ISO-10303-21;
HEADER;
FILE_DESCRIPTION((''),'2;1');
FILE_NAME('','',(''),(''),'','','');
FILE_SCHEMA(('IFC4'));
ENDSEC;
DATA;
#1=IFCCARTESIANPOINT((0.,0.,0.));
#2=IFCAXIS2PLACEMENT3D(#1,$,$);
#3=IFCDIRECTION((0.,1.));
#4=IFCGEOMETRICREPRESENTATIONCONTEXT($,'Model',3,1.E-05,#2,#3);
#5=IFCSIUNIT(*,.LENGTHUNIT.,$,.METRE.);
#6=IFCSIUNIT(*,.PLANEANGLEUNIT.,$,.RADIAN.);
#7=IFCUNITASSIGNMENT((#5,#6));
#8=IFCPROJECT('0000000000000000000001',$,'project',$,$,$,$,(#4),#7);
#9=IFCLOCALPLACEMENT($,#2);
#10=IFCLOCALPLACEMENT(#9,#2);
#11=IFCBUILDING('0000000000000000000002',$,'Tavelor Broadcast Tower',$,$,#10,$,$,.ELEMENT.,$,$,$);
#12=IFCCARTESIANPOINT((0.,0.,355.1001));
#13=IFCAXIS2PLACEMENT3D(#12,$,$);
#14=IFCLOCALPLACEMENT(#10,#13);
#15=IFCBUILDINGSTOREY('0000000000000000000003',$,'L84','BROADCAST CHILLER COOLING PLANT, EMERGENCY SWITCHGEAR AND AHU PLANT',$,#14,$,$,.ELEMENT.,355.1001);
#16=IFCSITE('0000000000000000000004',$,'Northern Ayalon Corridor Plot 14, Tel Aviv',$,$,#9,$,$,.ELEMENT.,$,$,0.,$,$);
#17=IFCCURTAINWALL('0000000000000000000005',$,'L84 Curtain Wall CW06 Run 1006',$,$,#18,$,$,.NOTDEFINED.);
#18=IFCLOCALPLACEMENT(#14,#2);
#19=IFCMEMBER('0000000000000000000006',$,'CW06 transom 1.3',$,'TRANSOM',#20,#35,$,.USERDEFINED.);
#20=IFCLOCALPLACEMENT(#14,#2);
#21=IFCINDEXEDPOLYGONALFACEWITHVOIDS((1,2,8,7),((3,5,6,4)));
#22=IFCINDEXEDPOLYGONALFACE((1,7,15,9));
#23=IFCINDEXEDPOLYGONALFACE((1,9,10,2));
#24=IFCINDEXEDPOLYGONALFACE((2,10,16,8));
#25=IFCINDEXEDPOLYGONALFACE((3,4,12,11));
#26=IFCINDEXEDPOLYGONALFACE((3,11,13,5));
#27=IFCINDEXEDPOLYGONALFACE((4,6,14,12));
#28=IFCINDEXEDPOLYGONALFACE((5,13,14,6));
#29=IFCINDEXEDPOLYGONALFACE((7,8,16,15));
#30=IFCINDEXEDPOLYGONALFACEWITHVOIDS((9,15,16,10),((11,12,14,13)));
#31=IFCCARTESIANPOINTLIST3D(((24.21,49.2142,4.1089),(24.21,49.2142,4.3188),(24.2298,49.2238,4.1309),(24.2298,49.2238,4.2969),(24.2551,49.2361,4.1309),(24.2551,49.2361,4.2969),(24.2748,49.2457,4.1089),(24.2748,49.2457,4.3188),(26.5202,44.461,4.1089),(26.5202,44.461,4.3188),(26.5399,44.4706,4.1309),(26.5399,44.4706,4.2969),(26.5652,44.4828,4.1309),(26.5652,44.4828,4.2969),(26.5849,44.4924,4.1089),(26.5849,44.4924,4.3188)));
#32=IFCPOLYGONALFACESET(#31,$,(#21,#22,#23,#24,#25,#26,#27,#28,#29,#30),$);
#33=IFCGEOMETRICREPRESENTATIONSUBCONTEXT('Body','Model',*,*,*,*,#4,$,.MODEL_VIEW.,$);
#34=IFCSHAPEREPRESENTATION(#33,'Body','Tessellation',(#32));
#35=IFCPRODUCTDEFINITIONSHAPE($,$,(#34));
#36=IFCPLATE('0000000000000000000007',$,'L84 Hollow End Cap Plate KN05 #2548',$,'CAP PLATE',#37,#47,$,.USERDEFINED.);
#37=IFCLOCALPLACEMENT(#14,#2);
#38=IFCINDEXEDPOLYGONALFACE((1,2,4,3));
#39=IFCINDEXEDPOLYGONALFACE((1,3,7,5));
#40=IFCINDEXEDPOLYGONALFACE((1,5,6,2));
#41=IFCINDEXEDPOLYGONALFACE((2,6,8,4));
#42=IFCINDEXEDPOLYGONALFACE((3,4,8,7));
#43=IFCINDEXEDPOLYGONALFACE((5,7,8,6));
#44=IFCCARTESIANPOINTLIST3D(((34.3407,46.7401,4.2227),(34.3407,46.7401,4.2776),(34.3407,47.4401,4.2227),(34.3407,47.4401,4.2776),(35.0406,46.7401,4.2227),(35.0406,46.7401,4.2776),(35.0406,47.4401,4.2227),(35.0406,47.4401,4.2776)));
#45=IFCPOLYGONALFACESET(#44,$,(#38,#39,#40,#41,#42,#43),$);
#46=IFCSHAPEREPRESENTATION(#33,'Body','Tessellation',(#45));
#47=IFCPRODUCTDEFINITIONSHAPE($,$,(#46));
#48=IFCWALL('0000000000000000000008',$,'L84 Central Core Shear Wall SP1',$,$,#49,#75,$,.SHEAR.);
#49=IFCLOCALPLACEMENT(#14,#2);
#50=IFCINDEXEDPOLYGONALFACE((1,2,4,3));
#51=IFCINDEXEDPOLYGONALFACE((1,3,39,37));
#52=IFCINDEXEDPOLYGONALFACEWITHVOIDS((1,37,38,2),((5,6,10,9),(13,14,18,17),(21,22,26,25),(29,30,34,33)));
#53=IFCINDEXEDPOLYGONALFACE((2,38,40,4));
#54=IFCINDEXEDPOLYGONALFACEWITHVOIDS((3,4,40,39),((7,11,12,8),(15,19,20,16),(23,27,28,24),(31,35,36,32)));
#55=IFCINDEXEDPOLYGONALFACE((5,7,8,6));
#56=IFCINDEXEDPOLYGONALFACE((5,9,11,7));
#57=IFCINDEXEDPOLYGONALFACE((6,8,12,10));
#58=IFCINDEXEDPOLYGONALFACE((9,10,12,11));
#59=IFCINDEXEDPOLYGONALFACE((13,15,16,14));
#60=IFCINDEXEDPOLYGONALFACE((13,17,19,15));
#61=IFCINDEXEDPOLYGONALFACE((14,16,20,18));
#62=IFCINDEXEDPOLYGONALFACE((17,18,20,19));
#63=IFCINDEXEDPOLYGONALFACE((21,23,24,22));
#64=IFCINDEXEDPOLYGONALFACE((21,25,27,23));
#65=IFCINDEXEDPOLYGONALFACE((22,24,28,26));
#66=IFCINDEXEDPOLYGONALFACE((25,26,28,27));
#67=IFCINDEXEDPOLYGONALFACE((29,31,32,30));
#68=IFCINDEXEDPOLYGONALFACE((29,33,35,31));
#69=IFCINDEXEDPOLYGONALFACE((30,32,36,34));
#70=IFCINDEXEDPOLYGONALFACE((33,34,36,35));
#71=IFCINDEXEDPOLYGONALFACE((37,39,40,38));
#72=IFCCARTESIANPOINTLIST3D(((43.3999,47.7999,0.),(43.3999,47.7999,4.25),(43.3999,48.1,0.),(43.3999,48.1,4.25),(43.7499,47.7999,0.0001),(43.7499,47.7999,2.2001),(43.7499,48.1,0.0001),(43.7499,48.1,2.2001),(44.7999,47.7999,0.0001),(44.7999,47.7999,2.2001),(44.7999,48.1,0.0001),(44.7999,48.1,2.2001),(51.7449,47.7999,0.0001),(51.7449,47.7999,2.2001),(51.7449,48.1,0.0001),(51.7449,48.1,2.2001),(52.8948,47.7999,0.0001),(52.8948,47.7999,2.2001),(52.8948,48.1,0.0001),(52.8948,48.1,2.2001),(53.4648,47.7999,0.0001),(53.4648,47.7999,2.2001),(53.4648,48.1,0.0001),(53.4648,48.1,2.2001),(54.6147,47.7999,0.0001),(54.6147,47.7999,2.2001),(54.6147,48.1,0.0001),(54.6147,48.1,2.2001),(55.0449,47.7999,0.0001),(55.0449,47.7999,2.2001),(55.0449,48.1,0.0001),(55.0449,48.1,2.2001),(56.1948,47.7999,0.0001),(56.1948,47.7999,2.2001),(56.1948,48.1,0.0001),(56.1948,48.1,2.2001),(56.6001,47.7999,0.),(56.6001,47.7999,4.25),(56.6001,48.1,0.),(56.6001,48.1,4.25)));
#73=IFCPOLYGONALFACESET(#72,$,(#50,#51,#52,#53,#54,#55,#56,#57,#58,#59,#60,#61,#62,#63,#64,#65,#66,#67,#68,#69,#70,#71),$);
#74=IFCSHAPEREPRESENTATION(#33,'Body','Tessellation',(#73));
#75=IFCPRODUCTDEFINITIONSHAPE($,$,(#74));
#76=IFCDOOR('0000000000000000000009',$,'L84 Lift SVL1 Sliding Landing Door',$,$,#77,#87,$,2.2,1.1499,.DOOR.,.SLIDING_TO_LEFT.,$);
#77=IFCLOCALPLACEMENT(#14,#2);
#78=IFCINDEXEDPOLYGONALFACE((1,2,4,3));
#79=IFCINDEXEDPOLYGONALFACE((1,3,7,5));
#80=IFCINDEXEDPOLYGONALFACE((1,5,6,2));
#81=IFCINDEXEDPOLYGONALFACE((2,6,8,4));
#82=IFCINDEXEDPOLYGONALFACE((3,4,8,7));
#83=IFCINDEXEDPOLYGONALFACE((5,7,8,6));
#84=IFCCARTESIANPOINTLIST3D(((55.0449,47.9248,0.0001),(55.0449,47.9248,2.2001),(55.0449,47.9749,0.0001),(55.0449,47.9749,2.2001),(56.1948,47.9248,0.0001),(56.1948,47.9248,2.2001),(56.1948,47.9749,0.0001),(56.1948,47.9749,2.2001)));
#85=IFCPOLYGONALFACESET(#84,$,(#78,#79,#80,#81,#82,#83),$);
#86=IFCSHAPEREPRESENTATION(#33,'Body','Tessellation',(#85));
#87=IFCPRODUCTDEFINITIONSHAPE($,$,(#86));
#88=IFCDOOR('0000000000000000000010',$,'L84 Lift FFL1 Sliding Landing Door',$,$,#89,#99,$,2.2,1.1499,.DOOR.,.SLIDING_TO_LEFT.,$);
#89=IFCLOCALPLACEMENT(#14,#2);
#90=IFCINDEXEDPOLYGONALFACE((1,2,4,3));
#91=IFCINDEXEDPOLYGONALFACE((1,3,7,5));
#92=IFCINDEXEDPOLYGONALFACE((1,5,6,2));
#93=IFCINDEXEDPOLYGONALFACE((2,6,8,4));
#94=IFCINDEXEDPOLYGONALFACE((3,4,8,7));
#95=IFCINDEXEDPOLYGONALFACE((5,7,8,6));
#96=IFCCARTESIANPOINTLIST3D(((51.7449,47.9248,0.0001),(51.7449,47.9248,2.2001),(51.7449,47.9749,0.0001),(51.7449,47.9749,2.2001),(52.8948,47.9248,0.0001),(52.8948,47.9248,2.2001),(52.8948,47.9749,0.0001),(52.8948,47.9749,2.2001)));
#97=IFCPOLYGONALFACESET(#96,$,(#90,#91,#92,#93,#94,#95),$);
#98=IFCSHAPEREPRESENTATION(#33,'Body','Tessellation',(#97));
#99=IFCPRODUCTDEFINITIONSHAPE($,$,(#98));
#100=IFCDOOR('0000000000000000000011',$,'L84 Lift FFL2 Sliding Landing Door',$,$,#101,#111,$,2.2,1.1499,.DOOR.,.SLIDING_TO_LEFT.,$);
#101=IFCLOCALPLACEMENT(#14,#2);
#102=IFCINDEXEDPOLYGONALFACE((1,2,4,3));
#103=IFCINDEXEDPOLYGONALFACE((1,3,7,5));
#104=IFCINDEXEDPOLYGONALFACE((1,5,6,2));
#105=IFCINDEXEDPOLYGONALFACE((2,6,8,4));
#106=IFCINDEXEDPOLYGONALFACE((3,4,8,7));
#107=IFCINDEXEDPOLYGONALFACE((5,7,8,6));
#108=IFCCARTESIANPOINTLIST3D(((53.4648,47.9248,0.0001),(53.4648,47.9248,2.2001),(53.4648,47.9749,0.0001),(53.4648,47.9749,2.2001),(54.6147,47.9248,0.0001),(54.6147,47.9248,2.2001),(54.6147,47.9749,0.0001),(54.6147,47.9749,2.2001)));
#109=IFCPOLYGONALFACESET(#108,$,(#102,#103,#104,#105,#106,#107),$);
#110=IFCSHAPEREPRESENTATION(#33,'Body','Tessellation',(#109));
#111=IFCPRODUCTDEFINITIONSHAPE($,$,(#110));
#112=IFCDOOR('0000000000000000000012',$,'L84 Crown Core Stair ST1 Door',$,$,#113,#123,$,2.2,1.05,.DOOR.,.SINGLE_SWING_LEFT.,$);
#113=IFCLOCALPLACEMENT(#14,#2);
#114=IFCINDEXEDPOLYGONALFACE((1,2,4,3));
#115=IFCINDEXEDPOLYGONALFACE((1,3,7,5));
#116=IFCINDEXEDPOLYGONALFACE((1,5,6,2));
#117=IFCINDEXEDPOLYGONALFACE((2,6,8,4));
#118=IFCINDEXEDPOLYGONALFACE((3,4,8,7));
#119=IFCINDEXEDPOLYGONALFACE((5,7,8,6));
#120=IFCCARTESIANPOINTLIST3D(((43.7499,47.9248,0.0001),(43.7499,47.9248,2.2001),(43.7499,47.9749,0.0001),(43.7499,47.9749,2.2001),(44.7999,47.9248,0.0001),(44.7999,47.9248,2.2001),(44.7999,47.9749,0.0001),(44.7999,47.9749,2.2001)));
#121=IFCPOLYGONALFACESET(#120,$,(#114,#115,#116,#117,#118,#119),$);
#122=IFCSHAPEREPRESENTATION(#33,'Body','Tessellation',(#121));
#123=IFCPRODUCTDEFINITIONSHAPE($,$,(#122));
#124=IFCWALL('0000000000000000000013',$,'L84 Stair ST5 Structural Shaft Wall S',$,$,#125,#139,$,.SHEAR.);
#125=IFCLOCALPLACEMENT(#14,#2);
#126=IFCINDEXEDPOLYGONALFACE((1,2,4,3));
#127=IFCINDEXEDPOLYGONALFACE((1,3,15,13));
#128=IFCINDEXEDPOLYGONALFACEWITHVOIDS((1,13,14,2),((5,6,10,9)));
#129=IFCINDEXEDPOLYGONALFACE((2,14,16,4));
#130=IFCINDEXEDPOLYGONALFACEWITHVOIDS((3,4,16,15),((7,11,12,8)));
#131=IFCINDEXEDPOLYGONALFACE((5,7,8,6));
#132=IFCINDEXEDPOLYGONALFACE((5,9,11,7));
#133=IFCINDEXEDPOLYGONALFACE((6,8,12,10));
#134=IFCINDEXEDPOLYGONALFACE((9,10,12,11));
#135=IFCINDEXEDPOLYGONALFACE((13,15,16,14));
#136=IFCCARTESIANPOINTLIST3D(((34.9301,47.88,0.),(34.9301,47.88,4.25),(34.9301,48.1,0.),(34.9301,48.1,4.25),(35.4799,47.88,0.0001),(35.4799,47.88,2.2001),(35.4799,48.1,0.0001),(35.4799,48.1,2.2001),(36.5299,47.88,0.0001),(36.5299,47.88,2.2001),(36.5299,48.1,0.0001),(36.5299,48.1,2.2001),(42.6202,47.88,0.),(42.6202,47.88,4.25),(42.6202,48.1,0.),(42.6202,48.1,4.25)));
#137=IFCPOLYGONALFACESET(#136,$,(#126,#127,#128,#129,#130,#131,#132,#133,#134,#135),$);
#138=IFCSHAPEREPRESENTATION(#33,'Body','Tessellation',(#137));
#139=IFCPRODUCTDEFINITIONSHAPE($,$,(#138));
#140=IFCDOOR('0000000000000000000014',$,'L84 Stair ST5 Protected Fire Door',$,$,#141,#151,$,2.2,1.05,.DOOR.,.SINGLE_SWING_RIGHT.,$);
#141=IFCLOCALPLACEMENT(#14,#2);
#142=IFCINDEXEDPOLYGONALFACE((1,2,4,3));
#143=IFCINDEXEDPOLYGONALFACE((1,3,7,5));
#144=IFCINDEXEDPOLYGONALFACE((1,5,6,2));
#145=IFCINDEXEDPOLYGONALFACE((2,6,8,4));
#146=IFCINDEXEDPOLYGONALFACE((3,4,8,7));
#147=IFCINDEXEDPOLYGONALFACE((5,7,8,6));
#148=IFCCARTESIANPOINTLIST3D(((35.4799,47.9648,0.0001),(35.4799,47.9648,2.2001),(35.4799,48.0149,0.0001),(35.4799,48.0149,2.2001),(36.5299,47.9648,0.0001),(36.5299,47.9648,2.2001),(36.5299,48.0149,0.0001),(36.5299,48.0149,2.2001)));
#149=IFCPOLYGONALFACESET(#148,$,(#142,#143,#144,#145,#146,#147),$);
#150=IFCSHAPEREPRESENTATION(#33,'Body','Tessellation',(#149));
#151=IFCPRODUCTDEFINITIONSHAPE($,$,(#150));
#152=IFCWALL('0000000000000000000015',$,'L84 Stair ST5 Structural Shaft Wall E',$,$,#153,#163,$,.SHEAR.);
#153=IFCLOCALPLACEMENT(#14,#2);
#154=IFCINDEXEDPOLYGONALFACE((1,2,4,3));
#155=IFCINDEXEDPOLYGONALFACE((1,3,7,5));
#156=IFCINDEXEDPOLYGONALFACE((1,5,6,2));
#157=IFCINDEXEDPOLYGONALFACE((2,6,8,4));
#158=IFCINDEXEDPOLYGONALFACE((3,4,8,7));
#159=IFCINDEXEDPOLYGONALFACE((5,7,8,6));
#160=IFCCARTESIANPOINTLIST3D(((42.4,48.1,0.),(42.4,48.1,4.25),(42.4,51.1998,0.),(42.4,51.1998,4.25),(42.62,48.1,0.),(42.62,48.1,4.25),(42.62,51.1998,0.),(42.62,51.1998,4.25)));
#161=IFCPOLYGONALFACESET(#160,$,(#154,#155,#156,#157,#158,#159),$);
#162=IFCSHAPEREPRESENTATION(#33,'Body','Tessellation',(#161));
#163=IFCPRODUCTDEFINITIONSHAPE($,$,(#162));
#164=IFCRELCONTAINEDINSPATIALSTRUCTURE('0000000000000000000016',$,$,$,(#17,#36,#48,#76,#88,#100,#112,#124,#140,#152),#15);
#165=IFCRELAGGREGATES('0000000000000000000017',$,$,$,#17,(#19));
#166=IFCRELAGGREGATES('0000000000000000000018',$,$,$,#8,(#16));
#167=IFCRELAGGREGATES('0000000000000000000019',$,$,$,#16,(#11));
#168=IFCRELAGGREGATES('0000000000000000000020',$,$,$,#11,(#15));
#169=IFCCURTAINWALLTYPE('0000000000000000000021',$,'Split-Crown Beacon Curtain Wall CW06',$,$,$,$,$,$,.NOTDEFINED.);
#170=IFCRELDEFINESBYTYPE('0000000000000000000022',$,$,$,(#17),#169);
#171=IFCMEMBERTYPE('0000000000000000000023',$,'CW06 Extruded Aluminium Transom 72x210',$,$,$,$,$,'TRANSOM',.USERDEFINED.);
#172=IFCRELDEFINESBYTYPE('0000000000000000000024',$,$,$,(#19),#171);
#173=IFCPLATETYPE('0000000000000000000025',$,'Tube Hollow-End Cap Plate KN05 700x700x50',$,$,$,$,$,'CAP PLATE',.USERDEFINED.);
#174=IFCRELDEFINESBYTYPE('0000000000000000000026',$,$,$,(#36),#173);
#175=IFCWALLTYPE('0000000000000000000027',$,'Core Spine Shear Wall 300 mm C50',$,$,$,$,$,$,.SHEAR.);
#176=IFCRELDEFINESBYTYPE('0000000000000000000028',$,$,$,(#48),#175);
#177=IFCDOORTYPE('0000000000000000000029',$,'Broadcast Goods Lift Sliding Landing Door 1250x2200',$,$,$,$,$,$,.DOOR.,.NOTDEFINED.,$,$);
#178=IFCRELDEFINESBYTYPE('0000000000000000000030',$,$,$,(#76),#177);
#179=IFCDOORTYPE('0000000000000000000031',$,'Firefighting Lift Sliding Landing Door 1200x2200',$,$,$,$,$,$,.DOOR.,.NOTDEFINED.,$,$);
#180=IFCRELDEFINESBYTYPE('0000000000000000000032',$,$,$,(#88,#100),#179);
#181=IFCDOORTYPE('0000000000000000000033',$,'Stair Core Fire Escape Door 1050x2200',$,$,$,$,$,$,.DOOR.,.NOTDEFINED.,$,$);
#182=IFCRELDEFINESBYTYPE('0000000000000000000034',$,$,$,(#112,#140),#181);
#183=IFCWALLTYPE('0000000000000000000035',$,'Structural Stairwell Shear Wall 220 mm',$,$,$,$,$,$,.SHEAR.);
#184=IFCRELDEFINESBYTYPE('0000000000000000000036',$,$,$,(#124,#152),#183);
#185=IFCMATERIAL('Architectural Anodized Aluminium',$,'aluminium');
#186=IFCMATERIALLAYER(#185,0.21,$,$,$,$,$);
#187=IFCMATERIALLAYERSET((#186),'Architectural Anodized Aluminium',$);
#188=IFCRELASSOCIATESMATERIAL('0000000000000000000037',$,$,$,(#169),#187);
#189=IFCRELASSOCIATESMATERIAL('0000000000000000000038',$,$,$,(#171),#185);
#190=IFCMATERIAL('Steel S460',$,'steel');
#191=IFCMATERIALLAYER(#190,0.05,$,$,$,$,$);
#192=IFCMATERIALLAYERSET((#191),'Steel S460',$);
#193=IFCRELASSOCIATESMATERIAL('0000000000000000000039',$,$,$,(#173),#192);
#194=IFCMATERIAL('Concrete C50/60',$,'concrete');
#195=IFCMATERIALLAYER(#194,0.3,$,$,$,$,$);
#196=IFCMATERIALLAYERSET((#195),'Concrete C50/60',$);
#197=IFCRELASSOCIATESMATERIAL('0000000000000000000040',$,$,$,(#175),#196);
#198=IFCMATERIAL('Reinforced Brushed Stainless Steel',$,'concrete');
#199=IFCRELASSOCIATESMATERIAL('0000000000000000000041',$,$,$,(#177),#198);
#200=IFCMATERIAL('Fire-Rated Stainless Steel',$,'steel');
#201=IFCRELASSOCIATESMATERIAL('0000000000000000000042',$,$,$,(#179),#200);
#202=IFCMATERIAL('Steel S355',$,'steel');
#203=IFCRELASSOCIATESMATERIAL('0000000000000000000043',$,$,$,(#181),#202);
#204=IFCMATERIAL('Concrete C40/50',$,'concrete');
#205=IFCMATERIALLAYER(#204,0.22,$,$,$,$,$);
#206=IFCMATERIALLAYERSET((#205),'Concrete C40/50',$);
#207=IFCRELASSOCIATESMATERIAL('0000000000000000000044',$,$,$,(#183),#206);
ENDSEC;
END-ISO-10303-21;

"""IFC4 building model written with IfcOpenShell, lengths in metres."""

from ifc_helpers import new_model, si_unit, direction, frame, frame_2d, origin, origin_2d, place, context, subcontext, project, spatial, rectangle, hollow_rectangle, extrude, source, transform, mapped, material, layer, layer_set, material_profile, profile_set, type_object, type_shapes, element, fill, aggregate, save


model = new_model("IFC4")

# Units and contexts
model_context = context("Model", 3, precision=1e-05, world=origin(), true_north=direction((0.0, 1.0)))
body_context = subcontext(model_context, "Body", "Model", "MODEL_VIEW")
ifc_project = project(units=[si_unit("LENGTHUNIT", "METRE"), si_unit("PLANEANGLEUNIT", "RADIAN")], contexts=[model_context])

# Site, building, storey
site_placement = place(None, origin())
site = spatial("IfcSite", under=ifc_project, at=site_placement, Name="Northern Ayalon Corridor Plot 14, Tel Aviv", CompositionType="ELEMENT", RefElevation=0.0)
building_placement = place(site_placement, origin())
building = spatial("IfcBuilding", under=site, at=building_placement, Name="Tavelor Broadcast Tower", CompositionType="ELEMENT")
storey_placement = place(building_placement, frame((0.0, 0.0, 355.1001)))
storey = spatial("IfcBuildingStorey", under=building, at=storey_placement, Name="L84", Description="BROADCAST CHILLER COOLING PLANT, EMERGENCY SWITCHGEAR AND AHU PLANT", CompositionType="ELEMENT", Elevation=355.1001)

# Shared definitions
ifc_material_1 = material(Name="Concrete C50/60", Category="concrete")

# Shared definitions
ifc_material_2 = material(Name="Steel S355", Category="steel")

# Curtain wall, member
ifc_material_3 = material(Name="Architectural Anodized Aluminium", Category="aluminium")
ifc_layer_1 = layer(ifc_material_3, 0.21)
ifc_layer_set_1 = layer_set([ifc_layer_1], Name="Architectural Anodized Aluminium")
curtain_wall_type = type_object("IfcCurtainWallType", Name="Split-Crown Beacon Curtain Wall CW06", PredefinedType="NOTDEFINED", material=ifc_layer_set_1)
curtain_wall_placement = place(storey_placement, origin())
curtain_wall = element("IfcCurtainWall", 1, at=curtain_wall_placement, inside=storey, type_object=curtain_wall_type, Name="L84 Curtain Wall CW06 Run 1006", PredefinedType="NOTDEFINED")
ifc_material_profile_1 = material_profile(ifc_material_3, hollow_rectangle(XDim=0.072, YDim=0.21, WallThickness=0.022, at=origin_2d()), Name="RHS 72x210x22")
ifc_profile_set_1 = profile_set([ifc_material_profile_1], Name="Architectural Anodized Aluminium")
member_type_1 = type_object("IfcMemberType", Name="CW06 Extruded Aluminium Transom 72x210", ElementType="TRANSOM", PredefinedType="USERDEFINED", material=ifc_profile_set_1)
shared_shape_1 = source(origin(), body_context, "Body", "SweptSolid", [
    extrude(hollow_rectangle(XDim=0.072, YDim=0.21, WallThickness=0.022, at=origin_2d()), origin(), (0.0, 0.0, 1.0), 5.2849),
])
type_shapes(member_type_1, [shared_shape_1])
member_1_placement = place(storey_placement, frame((24.2424, 49.23, 4.2139), z_axis=(0.437114, -0.899406, 0.0), x_axis=(0.899406, 0.437114, 0.0)))
member_1 = element("IfcMember", 2, at=member_1_placement, type_object=member_type_1, Name="CW06 transom 1.3", ObjectType="TRANSOM", PredefinedType="USERDEFINED", context=body_context, shape_type="MappedRepresentation", body=[
    mapped(shared_shape_1, transform((0.0, 0.0, 0.0), scale=1.0)),
])
aggregate(curtain_wall, [member_1])

# Plate
ifc_material_4 = material(Name="Steel S460", Category="steel")
ifc_layer_2 = layer(ifc_material_4, 0.05)
ifc_layer_set_2 = layer_set([ifc_layer_2], Name="Steel S460")
plate_type = type_object("IfcPlateType", Name="Tube Hollow-End Cap Plate KN05 700x700x50", ElementType="CAP PLATE", PredefinedType="USERDEFINED", material=ifc_layer_set_2)
shared_shape_2 = source(origin(), body_context, "Body", "SweptSolid", [
    extrude(rectangle(XDim=0.7, YDim=0.7, at=origin_2d()), origin(), (0.0, 0.0, 1.0), 0.0549),
])
type_shapes(plate_type, [shared_shape_2])
plate_placement = place(storey_placement, frame((34.6907, 47.0901, 4.2227), z_axis=(0.0, 0.0, 1.0), x_axis=(1.0, 0.0, 0.0)))
element("IfcPlate", 3, at=plate_placement, inside=storey, type_object=plate_type, Name="L84 Hollow End Cap Plate KN05 #2548", ObjectType="CAP PLATE", PredefinedType="USERDEFINED", context=body_context, shape_type="MappedRepresentation", body=[
    mapped(shared_shape_2, transform((0.0, 0.0, 0.0), scale=1.0)),
])

# Wall, openings, doors
ifc_layer_3 = layer(ifc_material_1, 0.3)
ifc_layer_set_3 = layer_set([ifc_layer_3], Name="Concrete C50/60")
wall_type_1 = type_object("IfcWallType", Name="Core Spine Shear Wall 300 mm C50", PredefinedType="SHEAR", material=ifc_layer_set_3)
wall_1_placement = place(storey_placement, frame((43.3999, 47.95, 0.0), z_axis=(0.0, 0.0, 1.0), x_axis=(1.0, 0.0, 0.0)))
wall_1 = element("IfcWall", 4, at=wall_1_placement, inside=storey, type_object=wall_type_1, Name="L84 Central Core Shear Wall SP1", PredefinedType="SHEAR", context=body_context, shape_type="SweptSolid", body=[
    extrude(rectangle(XDim=13.2002, YDim=0.3, at=frame_2d((6.6001, 0.0))), origin(), (0.0, 0.0, 1.0), 4.25),
])
opening_1_placement = place(wall_1_placement, frame((0.3501, 0.0, 0.0)))
opening_1 = element("IfcOpeningElement", 5, at=opening_1_placement, cuts=wall_1, PredefinedType="OPENING", context=body_context, shape_type="SweptSolid", body=[
    extrude(rectangle(XDim=1.05, YDim=2.2, at=frame_2d((0.5249, 1.1001))), frame((0.0, 0.1602, 0.0), z_axis=(0.0, -1.0, 0.0), x_axis=(1.0, 0.0, 0.0)), (0.0, 0.0, 1.0), 0.3201),
])
opening_2_placement = place(wall_1_placement, frame((8.345, 0.0, 0.0)))
opening_2 = element("IfcOpeningElement", 6, at=opening_2_placement, cuts=wall_1, PredefinedType="OPENING", context=body_context, shape_type="SweptSolid", body=[
    extrude(rectangle(XDim=1.1499, YDim=2.2, at=frame_2d((0.575, 1.1001))), frame((0.0, 0.1602, 0.0), z_axis=(0.0, -1.0, 0.0), x_axis=(1.0, 0.0, 0.0)), (0.0, 0.0, 1.0), 0.3201),
])
opening_3_placement = place(wall_1_placement, frame((10.0649, 0.0, 0.0)))
opening_3 = element("IfcOpeningElement", 7, at=opening_3_placement, cuts=wall_1, PredefinedType="OPENING", context=body_context, shape_type="SweptSolid", body=[
    extrude(rectangle(XDim=1.1499, YDim=2.2, at=frame_2d((0.575, 1.1001))), frame((0.0, 0.1602, 0.0), z_axis=(0.0, -1.0, 0.0), x_axis=(1.0, 0.0, 0.0)), (0.0, 0.0, 1.0), 0.3201),
])
opening_4_placement = place(wall_1_placement, frame((11.645, 0.0, 0.0)))
opening_4 = element("IfcOpeningElement", 8, at=opening_4_placement, cuts=wall_1, PredefinedType="OPENING", context=body_context, shape_type="SweptSolid", body=[
    extrude(rectangle(XDim=1.1499, YDim=2.2, at=frame_2d((0.575, 1.1001))), frame((0.0, 0.1602, 0.0), z_axis=(0.0, -1.0, 0.0), x_axis=(1.0, 0.0, 0.0)), (0.0, 0.0, 1.0), 0.3201),
])
ifc_material_5 = material(Name="Reinforced Brushed Stainless Steel", Category="concrete")
door_type_1 = type_object("IfcDoorType", Name="Broadcast Goods Lift Sliding Landing Door 1250x2200", OperationType="NOTDEFINED", PredefinedType="DOOR", material=ifc_material_5)
door_1_placement = place(opening_4_placement, origin())
door_1 = element("IfcDoor", 9, at=door_1_placement, inside=storey, type_object=door_type_1, Name="L84 Lift SVL1 Sliding Landing Door", OperationType="SLIDING_TO_LEFT", OverallHeight=2.2, OverallWidth=1.1499, PredefinedType="DOOR", context=body_context, shape_type="SweptSolid", body=[
    extrude(rectangle(XDim=1.1499, YDim=2.2, at=frame_2d((0.575, 1.1001))), frame((0.0, 0.0249, 0.0), z_axis=(0.0, -1.0, 0.0), x_axis=(1.0, 0.0, 0.0)), (0.0, 0.0, 1.0), 0.05),
])
fill(opening_4, door_1)
ifc_material_6 = material(Name="Fire-Rated Stainless Steel", Category="steel")
door_type_2 = type_object("IfcDoorType", Name="Firefighting Lift Sliding Landing Door 1200x2200", OperationType="NOTDEFINED", PredefinedType="DOOR", material=ifc_material_6)
door_2_placement = place(opening_2_placement, origin())
door_2 = element("IfcDoor", 10, at=door_2_placement, inside=storey, type_object=door_type_2, Name="L84 Lift FFL1 Sliding Landing Door", OperationType="SLIDING_TO_LEFT", OverallHeight=2.2, OverallWidth=1.1499, PredefinedType="DOOR", context=body_context, shape_type="SweptSolid", body=[
    extrude(rectangle(XDim=1.1499, YDim=2.2, at=frame_2d((0.575, 1.1001))), frame((0.0, 0.0249, 0.0), z_axis=(0.0, -1.0, 0.0), x_axis=(1.0, 0.0, 0.0)), (0.0, 0.0, 1.0), 0.05),
])
fill(opening_2, door_2)
door_3_placement = place(opening_3_placement, origin())
door_3 = element("IfcDoor", 11, at=door_3_placement, inside=storey, type_object=door_type_2, Name="L84 Lift FFL2 Sliding Landing Door", OperationType="SLIDING_TO_LEFT", OverallHeight=2.2, OverallWidth=1.1499, PredefinedType="DOOR", context=body_context, shape_type="SweptSolid", body=[
    extrude(rectangle(XDim=1.1499, YDim=2.2, at=frame_2d((0.575, 1.1001))), frame((0.0, 0.0249, 0.0), z_axis=(0.0, -1.0, 0.0), x_axis=(1.0, 0.0, 0.0)), (0.0, 0.0, 1.0), 0.05),
])
fill(opening_3, door_3)
door_type_3 = type_object("IfcDoorType", Name="Stair Core Fire Escape Door 1050x2200", OperationType="NOTDEFINED", PredefinedType="DOOR", material=ifc_material_2)
door_4_placement = place(opening_1_placement, origin())
door_4 = element("IfcDoor", 12, at=door_4_placement, inside=storey, type_object=door_type_3, Name="L84 Crown Core Stair ST1 Door", OperationType="SINGLE_SWING_LEFT", OverallHeight=2.2, OverallWidth=1.05, PredefinedType="DOOR", context=body_context, shape_type="SweptSolid", body=[
    extrude(rectangle(XDim=1.05, YDim=2.2, at=frame_2d((0.5249, 1.1001))), frame((0.0, 0.0249, 0.0), z_axis=(0.0, -1.0, 0.0), x_axis=(1.0, 0.0, 0.0)), (0.0, 0.0, 1.0), 0.05),
])
fill(opening_1, door_4)

# Wall, opening, door
ifc_material_7 = material(Name="Concrete C40/50", Category="concrete")
ifc_layer_4 = layer(ifc_material_7, 0.22)
ifc_layer_set_4 = layer_set([ifc_layer_4], Name="Concrete C40/50")
wall_type_2 = type_object("IfcWallType", Name="Structural Stairwell Shear Wall 220 mm", PredefinedType="SHEAR", material=ifc_layer_set_4)
wall_2_placement = place(storey_placement, frame((34.9299, 47.99, 0.0), z_axis=(0.0, 0.0, 1.0), x_axis=(1.0, 0.0, 0.0)))
wall_2 = element("IfcWall", 13, at=wall_2_placement, inside=storey, type_object=wall_type_2, Name="L84 Stair ST5 Structural Shaft Wall S", PredefinedType="SHEAR", context=body_context, shape_type="SweptSolid", body=[
    extrude(rectangle(XDim=7.6902, YDim=0.22, at=frame_2d((3.8452, 0.0))), origin(), (0.0, 0.0, 1.0), 4.25),
])
opening_5_placement = place(wall_2_placement, frame((0.55, 0.0, 0.0)))
opening_5 = element("IfcOpeningElement", 14, at=opening_5_placement, cuts=wall_2, PredefinedType="OPENING", context=body_context, shape_type="SweptSolid", body=[
    extrude(rectangle(XDim=1.05, YDim=2.2, at=frame_2d((0.5249, 1.1001))), frame((0.0, 0.1201, 0.0), z_axis=(0.0, -1.0, 0.0), x_axis=(1.0, 0.0, 0.0)), (0.0, 0.0, 1.0), 0.24),
])
door_5_placement = place(opening_5_placement, origin())
door_5 = element("IfcDoor", 15, at=door_5_placement, inside=storey, type_object=door_type_3, Name="L84 Stair ST5 Protected Fire Door", OperationType="SINGLE_SWING_RIGHT", OverallHeight=2.2, OverallWidth=1.05, PredefinedType="DOOR", context=body_context, shape_type="SweptSolid", body=[
    extrude(rectangle(XDim=1.05, YDim=2.2, at=frame_2d((0.5249, 1.1001))), frame((0.0, 0.0249, 0.0), z_axis=(0.0, -1.0, 0.0), x_axis=(1.0, 0.0, 0.0)), (0.0, 0.0, 1.0), 0.05),
])
fill(opening_5, door_5)

# Wall
for number, where, z_axis, x_axis, name in (
    (16, (42.51, 48.1001, 0.0), (0.0, 0.0, 1.0), (0.0, 1.0, 0.0), "L84 Stair ST5 Structural Shaft Wall E"),
):
    element("IfcWall", number, at=place(storey_placement, frame(where, z_axis=z_axis, x_axis=x_axis)), inside=storey, type_object=wall_type_2, Name=name, PredefinedType="SHEAR", context=body_context, shape_type="SweptSolid", body=[
        extrude(rectangle(XDim=3.0999, YDim=0.22, at=frame_2d((1.5498, 0.0))), origin(), (0.0, 0.0, 1.0), 4.25),
    ])

save(model, "model.ifc")
